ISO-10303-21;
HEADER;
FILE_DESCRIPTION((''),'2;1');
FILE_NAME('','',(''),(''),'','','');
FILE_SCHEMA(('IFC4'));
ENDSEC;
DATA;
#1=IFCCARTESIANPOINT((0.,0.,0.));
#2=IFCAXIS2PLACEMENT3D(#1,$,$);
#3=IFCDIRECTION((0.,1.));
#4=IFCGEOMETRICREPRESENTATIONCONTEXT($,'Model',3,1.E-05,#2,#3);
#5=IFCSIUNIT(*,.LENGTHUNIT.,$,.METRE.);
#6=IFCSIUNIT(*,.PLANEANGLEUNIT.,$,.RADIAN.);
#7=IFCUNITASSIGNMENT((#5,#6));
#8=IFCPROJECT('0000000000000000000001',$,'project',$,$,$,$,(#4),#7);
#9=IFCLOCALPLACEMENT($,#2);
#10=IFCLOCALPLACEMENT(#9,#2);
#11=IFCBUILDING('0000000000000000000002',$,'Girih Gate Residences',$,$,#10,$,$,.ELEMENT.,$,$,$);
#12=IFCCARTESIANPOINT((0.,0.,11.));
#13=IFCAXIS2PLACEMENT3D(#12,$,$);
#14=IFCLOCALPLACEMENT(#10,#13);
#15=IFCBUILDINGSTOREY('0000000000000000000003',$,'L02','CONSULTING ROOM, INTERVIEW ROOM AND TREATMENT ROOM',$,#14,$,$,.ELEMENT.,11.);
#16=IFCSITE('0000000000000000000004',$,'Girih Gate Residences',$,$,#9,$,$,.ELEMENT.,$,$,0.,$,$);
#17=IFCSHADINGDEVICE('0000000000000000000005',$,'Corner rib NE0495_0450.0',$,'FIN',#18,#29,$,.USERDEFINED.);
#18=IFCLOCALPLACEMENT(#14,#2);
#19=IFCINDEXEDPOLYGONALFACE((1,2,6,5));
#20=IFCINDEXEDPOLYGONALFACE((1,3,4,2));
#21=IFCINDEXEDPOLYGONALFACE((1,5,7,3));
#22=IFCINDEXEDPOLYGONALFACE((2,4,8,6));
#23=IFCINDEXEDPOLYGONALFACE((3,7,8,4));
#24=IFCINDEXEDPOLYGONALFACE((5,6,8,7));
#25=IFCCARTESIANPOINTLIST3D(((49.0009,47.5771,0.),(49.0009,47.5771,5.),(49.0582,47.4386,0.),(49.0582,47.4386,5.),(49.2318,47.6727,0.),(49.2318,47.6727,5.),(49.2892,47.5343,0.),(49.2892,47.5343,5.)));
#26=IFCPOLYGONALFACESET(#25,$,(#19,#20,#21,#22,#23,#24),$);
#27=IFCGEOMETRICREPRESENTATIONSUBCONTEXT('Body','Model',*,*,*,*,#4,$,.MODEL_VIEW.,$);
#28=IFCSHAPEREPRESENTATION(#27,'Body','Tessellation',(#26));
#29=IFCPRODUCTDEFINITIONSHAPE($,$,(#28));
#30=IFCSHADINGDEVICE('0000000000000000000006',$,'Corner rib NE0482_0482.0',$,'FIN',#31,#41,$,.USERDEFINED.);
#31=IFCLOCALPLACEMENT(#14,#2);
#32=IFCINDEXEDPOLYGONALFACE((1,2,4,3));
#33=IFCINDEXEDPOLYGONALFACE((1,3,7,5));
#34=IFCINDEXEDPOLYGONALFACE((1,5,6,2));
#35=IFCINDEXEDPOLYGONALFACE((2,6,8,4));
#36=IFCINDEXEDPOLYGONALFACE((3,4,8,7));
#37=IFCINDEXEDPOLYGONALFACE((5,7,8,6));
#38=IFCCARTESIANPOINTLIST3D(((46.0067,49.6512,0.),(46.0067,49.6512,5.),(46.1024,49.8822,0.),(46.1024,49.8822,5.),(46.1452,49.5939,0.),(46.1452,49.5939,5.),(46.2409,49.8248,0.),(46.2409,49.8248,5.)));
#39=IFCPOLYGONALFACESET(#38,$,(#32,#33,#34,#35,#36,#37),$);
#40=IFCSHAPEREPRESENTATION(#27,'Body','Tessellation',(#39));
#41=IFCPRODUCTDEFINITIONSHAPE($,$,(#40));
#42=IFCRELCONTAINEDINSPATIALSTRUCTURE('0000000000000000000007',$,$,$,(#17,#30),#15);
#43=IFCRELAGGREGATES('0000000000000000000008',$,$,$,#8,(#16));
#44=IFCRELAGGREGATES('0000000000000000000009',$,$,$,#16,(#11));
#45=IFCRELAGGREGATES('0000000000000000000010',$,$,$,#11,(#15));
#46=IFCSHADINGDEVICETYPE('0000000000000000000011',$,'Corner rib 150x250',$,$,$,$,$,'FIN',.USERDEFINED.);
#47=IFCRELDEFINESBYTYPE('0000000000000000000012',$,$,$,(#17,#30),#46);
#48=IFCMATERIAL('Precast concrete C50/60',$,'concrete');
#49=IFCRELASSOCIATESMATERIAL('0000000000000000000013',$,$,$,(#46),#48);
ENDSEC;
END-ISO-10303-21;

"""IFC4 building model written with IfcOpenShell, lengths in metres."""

from ifc_helpers import new_model, si_unit, direction, frame, origin, origin_2d, place, context, subcontext, project, spatial, rectangle, extrude, material, type_object, element, save


model = new_model("IFC4")

# Units and contexts
model_context = context("Model", 3, precision=1e-05, world=origin(), true_north=direction((0.0, 1.0)))
body_context = subcontext(model_context, "Body", "Model", "MODEL_VIEW")
ifc_project = project(units=[si_unit("LENGTHUNIT", "METRE"), si_unit("PLANEANGLEUNIT", "RADIAN")], contexts=[model_context])

# Site, building, storey
site_placement = place(None, origin())
site = spatial("IfcSite", under=ifc_project, at=site_placement, Name="Girih Gate Residences", CompositionType="ELEMENT", RefElevation=0.0)
building_placement = place(site_placement, origin())
building = spatial("IfcBuilding", under=site, at=building_placement, Name="Girih Gate Residences", CompositionType="ELEMENT")
storey_placement = place(building_placement, frame((0.0, 0.0, 11.0)))
storey = spatial("IfcBuildingStorey", under=building, at=storey_placement, Name="L02", Description="CONSULTING ROOM, INTERVIEW ROOM AND TREATMENT ROOM", CompositionType="ELEMENT", Elevation=11.0)

# Shared definitions
ifc_material_1 = material(Name="Precast concrete C50/60", Category="concrete")

# Shading devices
shading_device_type = type_object("IfcShadingDeviceType", Name="Corner rib 150x250", ElementType="FIN", PredefinedType="USERDEFINED", material=ifc_material_1)
for number, where, z_axis, x_axis, name in (
    (1, (49.145, 47.5557, 0.0), (0.0, 0.0, 1.0), (-0.382683, 0.92388, 0.0), "Corner rib NE0495_0450.0"),
    (2, (46.1238, 49.738, 0.0), (0.0, 0.0, 1.0), (-0.92388, 0.382683, 0.0), "Corner rib NE0482_0482.0"),
):
    element("IfcShadingDevice", number, at=place(storey_placement, frame(where, z_axis=z_axis, x_axis=x_axis)), inside=storey, type_object=shading_device_type, Name=name, ObjectType="FIN", PredefinedType="USERDEFINED", context=body_context, shape_type="SweptSolid", body=[
        extrude(rectangle(XDim=0.1499, YDim=0.25, at=origin_2d()), origin(), (0.0, 0.0, 1.0), 5.0),
    ])

save(model, "model.ifc")
